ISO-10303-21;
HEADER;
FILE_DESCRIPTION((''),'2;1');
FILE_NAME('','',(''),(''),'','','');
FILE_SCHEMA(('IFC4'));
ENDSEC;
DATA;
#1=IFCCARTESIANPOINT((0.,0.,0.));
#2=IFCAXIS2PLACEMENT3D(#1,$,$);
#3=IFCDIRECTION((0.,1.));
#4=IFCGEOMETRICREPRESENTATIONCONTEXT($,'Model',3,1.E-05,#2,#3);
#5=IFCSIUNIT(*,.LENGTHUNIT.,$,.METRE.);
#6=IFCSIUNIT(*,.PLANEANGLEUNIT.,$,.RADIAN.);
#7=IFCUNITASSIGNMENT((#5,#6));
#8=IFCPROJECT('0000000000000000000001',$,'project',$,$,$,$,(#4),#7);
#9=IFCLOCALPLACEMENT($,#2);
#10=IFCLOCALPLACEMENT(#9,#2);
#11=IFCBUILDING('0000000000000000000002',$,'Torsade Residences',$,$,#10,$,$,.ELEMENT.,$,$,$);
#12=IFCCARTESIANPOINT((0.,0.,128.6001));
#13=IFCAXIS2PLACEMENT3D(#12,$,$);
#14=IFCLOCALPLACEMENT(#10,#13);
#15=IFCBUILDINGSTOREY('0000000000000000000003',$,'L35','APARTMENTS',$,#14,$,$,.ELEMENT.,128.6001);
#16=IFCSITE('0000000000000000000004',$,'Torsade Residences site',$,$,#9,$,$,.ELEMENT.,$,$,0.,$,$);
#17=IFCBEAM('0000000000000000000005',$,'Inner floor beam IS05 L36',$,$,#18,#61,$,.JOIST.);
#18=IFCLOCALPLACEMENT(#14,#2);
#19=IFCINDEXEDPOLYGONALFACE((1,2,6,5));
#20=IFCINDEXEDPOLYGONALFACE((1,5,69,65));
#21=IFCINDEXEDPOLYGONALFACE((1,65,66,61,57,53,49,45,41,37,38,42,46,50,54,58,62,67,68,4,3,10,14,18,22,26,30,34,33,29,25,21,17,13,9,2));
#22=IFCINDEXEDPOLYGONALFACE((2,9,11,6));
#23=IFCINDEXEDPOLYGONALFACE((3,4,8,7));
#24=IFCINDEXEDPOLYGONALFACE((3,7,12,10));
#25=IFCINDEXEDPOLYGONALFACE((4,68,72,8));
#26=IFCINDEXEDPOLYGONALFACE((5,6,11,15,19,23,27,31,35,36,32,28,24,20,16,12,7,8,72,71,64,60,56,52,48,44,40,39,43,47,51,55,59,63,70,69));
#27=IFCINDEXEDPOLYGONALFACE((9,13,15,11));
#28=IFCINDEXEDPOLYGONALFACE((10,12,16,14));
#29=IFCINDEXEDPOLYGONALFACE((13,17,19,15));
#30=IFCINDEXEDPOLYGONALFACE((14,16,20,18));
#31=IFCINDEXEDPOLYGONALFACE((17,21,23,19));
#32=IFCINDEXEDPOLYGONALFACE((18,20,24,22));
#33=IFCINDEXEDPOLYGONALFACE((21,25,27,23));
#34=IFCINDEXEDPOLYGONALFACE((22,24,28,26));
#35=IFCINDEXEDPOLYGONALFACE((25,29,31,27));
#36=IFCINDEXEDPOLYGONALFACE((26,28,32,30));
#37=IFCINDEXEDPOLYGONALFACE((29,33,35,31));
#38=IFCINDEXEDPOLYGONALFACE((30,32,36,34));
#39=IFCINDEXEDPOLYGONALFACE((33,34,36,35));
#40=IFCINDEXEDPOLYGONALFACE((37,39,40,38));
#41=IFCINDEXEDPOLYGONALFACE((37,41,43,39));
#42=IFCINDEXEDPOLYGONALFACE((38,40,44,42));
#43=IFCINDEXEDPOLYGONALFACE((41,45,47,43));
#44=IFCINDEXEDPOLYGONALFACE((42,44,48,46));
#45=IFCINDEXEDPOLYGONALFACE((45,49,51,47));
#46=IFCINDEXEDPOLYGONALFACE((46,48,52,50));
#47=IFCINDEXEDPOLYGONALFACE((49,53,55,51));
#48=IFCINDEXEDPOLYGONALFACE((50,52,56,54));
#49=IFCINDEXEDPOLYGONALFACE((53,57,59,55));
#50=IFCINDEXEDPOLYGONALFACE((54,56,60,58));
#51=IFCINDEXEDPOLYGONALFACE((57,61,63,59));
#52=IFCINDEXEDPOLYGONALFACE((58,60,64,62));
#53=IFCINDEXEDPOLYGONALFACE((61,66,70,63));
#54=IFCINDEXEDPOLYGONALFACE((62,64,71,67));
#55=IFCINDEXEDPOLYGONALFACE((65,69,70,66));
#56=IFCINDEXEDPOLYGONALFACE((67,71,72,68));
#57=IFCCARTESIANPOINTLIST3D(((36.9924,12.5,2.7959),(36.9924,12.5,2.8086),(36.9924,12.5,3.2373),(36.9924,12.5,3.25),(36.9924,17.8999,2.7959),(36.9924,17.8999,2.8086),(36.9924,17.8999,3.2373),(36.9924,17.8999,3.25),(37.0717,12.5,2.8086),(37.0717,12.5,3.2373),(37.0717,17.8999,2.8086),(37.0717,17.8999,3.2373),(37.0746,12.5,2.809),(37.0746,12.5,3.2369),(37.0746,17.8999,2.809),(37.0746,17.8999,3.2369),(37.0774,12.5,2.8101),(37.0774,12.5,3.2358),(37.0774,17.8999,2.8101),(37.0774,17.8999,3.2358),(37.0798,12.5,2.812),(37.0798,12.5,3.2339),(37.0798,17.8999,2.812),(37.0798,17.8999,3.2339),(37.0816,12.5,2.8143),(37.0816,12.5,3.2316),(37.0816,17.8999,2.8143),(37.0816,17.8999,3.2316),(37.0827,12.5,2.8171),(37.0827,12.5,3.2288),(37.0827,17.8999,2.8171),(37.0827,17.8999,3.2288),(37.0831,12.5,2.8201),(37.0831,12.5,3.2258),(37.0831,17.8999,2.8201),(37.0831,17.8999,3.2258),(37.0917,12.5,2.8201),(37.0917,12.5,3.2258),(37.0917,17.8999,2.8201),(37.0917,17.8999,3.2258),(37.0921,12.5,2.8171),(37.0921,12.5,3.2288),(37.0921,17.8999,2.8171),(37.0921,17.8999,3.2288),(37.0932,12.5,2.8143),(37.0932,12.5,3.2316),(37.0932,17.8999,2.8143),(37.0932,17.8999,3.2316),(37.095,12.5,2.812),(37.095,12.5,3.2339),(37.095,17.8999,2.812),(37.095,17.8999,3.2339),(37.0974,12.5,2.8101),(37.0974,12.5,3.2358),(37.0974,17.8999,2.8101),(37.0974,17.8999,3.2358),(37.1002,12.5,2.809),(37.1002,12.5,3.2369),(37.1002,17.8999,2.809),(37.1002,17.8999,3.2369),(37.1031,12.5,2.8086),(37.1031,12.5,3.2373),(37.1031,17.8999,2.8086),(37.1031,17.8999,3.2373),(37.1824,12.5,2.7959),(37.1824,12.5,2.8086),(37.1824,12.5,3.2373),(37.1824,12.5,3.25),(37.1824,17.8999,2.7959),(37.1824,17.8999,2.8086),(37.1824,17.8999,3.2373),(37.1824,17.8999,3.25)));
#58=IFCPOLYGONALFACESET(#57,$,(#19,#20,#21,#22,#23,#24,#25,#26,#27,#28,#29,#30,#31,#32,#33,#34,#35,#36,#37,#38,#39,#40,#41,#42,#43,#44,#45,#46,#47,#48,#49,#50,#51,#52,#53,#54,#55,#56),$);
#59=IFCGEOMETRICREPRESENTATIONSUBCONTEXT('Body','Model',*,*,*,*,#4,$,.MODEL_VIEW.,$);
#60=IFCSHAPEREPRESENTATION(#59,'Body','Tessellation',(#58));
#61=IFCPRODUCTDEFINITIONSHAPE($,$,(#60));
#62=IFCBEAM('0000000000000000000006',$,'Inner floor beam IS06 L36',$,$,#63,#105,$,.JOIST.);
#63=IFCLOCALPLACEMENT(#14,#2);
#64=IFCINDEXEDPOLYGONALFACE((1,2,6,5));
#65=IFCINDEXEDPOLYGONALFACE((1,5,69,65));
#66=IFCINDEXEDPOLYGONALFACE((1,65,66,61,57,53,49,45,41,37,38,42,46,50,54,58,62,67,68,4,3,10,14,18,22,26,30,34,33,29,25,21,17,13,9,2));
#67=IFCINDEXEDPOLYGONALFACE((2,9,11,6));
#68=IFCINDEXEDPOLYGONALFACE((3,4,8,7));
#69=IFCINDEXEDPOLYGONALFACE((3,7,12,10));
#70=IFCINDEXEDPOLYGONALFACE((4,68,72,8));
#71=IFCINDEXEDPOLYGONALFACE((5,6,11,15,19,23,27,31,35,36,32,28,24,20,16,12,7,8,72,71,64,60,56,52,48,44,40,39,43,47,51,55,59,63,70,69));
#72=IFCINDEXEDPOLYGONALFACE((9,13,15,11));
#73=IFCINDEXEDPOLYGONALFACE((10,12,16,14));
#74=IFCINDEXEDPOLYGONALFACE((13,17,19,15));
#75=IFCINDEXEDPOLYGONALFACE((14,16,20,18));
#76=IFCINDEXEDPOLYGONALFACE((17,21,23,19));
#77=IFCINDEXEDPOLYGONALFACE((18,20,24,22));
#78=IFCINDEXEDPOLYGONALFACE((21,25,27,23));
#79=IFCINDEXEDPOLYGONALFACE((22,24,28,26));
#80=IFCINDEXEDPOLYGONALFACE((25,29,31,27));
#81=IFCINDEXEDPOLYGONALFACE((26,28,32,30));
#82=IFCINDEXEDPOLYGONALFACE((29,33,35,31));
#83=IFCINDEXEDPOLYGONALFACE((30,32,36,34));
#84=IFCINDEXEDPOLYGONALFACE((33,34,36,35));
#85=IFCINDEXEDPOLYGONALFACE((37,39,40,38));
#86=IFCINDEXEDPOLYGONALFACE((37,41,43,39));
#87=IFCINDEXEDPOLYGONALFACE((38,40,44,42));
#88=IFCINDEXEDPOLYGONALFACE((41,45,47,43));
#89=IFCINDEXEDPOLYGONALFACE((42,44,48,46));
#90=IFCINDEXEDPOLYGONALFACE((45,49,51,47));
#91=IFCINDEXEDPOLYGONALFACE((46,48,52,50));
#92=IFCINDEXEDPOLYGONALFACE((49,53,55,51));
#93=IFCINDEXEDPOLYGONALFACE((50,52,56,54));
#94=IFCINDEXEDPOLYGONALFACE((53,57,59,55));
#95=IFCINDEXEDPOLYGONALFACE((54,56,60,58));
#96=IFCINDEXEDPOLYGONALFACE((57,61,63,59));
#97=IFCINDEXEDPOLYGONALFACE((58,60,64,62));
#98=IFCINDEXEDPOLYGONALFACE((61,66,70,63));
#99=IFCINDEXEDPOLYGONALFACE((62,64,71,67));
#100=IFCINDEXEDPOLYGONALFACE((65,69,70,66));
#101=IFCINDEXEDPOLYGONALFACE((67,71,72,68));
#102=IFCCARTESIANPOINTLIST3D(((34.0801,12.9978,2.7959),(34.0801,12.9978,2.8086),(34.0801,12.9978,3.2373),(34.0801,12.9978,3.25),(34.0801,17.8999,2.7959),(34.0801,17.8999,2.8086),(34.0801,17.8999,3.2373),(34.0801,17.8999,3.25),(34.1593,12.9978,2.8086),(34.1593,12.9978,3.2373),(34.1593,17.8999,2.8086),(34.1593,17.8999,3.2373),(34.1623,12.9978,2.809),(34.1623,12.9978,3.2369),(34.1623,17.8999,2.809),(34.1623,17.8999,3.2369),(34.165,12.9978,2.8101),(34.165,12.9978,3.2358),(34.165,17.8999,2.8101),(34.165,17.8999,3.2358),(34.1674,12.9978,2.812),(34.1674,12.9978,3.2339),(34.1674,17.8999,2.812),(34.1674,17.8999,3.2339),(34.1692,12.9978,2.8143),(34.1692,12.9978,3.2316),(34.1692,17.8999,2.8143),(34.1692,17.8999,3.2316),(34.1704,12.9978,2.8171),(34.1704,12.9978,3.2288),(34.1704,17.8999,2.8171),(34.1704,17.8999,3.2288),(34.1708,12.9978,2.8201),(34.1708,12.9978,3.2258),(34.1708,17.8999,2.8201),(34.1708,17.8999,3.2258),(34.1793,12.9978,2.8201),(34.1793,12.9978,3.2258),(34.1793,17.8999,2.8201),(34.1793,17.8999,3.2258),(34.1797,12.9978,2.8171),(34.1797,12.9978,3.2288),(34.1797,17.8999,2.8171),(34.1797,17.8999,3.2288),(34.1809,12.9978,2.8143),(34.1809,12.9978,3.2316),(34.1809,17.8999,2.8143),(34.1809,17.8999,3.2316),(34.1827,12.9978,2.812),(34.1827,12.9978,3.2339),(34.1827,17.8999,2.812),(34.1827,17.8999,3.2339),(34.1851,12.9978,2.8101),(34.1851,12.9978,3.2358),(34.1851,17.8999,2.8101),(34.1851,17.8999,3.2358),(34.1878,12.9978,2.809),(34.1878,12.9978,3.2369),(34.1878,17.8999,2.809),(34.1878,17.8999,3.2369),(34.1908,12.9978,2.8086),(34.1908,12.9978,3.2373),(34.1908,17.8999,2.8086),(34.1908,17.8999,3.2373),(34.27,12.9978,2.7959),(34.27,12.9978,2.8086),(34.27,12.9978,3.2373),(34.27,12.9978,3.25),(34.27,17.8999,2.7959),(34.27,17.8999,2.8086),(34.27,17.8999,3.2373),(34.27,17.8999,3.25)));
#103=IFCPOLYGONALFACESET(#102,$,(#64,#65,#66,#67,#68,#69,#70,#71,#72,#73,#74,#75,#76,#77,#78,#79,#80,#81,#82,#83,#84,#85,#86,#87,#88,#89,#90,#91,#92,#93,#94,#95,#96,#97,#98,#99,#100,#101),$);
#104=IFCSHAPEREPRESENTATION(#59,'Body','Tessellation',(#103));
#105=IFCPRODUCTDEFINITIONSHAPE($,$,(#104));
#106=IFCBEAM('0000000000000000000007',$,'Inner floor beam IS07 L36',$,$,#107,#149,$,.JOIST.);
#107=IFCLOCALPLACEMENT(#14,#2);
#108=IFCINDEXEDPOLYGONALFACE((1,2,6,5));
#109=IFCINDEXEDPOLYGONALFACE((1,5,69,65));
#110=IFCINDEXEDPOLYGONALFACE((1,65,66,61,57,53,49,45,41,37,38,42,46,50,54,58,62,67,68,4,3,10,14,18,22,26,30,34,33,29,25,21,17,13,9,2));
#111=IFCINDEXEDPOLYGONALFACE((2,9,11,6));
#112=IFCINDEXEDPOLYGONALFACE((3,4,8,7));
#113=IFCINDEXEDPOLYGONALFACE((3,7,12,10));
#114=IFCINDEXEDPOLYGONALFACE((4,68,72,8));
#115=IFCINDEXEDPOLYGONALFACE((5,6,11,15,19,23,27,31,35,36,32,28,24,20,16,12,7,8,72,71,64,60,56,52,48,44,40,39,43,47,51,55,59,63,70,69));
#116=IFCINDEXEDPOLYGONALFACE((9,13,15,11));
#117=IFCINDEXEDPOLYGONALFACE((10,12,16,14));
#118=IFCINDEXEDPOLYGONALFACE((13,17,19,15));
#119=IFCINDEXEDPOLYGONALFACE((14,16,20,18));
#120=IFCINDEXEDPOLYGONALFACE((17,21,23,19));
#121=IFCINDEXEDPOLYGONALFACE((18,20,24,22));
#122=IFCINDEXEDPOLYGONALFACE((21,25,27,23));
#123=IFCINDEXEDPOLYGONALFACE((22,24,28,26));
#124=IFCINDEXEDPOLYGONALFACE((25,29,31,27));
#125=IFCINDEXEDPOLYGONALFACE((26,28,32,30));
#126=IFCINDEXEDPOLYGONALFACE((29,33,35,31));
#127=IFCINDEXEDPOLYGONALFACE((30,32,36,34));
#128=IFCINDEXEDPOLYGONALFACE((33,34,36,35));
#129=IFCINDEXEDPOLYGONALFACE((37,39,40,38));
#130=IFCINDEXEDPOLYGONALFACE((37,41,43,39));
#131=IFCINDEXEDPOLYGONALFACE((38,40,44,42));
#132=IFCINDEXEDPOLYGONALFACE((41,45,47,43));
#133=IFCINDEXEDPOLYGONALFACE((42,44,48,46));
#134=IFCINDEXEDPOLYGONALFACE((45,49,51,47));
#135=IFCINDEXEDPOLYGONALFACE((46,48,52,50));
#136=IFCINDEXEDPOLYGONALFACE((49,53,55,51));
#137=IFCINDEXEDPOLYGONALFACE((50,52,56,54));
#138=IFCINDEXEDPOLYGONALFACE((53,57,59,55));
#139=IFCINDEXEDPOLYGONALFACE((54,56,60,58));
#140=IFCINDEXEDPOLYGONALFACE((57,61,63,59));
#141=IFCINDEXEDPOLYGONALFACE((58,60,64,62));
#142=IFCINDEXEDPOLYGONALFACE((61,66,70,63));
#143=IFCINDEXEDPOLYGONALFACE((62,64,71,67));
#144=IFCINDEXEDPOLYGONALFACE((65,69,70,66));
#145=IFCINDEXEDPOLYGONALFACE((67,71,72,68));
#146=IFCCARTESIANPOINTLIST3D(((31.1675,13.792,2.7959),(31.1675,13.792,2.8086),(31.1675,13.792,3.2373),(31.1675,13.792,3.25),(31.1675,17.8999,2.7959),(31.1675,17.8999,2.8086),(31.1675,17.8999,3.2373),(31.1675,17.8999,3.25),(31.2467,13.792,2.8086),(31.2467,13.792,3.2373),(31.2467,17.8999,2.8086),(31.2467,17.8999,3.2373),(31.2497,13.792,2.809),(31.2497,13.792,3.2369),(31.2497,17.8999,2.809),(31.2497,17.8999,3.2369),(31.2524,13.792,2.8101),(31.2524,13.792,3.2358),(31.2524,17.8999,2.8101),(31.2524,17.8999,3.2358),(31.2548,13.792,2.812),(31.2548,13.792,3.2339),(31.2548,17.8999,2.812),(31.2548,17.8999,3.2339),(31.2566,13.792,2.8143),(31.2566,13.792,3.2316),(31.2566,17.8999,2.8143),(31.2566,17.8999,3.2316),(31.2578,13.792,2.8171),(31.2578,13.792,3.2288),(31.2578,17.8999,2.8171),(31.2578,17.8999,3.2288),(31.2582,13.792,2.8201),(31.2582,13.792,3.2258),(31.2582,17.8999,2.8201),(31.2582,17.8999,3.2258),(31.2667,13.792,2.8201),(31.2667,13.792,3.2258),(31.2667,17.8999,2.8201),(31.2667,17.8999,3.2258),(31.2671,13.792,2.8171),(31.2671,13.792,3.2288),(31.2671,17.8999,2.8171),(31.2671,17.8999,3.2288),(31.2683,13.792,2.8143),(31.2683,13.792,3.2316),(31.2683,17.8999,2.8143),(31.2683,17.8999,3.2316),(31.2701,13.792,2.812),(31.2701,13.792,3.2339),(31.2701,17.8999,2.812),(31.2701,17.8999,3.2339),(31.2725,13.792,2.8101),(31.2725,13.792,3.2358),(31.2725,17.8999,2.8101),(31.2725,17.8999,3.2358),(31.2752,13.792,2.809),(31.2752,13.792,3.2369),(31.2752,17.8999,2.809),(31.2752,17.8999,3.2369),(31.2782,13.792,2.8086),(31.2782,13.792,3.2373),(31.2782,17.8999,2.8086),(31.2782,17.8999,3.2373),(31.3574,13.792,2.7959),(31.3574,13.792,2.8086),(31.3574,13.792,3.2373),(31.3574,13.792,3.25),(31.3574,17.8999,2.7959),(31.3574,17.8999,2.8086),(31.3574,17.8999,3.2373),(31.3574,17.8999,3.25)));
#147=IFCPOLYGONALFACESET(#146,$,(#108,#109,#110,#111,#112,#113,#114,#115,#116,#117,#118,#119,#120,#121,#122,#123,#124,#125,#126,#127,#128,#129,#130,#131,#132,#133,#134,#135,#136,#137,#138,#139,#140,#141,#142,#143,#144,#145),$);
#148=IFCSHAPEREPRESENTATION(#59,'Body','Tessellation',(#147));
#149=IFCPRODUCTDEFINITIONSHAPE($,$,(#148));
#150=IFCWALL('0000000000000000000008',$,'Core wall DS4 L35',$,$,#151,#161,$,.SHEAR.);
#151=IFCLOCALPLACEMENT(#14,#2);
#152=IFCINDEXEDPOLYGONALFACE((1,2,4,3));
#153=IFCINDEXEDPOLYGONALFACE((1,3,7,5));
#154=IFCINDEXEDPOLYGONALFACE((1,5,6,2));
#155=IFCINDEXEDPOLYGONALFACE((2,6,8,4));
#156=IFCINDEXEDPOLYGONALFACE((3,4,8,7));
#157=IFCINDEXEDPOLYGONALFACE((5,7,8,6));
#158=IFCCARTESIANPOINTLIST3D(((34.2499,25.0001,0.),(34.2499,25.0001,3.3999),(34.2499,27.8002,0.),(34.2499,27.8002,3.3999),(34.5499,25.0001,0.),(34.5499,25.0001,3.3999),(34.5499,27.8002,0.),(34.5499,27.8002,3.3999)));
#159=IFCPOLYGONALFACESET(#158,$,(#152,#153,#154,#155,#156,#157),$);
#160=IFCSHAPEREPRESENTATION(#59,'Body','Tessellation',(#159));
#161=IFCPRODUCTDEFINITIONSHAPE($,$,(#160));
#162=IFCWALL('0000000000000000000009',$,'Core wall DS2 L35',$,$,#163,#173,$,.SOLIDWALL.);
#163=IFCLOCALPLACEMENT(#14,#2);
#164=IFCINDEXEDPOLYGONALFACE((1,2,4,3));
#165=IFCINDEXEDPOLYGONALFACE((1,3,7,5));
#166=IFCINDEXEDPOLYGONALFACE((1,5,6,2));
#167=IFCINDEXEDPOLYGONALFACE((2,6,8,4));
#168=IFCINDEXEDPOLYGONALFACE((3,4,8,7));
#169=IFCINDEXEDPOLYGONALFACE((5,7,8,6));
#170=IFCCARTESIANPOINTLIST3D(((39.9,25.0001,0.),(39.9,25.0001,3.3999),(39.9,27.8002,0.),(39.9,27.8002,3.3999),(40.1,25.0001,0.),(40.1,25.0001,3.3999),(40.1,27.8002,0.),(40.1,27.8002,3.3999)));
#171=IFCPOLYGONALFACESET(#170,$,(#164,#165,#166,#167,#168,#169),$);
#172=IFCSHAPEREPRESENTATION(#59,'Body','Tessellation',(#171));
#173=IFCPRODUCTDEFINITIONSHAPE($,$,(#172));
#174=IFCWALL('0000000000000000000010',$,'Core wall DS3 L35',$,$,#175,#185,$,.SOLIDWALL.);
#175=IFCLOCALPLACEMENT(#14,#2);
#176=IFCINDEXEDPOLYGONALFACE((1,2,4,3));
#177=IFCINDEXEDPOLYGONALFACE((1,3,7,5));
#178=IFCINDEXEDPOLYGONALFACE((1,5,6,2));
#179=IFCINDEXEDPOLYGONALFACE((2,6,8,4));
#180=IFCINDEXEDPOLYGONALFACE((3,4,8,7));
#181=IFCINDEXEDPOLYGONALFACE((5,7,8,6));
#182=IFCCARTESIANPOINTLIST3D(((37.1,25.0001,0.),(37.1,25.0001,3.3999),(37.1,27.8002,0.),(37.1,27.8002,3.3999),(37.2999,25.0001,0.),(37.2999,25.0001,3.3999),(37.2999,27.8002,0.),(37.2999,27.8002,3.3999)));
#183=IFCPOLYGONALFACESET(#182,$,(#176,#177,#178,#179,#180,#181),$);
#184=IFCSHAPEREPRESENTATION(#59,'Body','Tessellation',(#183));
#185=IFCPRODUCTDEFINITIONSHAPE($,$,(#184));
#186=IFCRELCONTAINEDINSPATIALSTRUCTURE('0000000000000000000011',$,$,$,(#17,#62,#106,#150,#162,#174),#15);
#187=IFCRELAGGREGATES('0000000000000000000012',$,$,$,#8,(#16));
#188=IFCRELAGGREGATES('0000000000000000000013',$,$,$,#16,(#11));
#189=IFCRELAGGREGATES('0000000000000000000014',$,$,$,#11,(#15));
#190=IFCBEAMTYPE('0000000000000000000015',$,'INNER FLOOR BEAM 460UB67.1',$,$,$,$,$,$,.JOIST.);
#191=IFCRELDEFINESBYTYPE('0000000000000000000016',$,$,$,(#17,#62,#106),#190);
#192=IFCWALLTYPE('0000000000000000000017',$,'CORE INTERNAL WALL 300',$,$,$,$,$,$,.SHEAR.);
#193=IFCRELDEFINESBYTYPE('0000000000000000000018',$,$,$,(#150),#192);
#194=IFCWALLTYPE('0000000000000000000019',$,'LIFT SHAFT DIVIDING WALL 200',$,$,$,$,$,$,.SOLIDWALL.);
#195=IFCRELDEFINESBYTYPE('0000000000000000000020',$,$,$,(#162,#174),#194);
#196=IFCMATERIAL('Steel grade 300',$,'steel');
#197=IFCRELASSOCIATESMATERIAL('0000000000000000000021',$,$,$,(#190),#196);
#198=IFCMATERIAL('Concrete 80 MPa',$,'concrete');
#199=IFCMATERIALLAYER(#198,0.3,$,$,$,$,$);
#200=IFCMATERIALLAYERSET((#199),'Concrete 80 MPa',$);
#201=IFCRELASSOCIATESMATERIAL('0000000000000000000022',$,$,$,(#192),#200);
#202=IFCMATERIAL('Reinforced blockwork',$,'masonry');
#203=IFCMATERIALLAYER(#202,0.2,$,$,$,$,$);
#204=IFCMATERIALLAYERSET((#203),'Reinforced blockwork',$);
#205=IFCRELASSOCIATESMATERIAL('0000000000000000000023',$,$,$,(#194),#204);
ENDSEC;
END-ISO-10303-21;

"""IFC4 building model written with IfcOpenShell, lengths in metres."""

from ifc_helpers import new_model, si_unit, direction, frame, frame_2d, origin, origin_2d, place, context, subcontext, project, spatial, rectangle, i_section, extrude, material, layer, layer_set, material_profile, profile_set, type_object, element, save


model = new_model("IFC4")

# Units and contexts
model_context = context("Model", 3, precision=1e-05, world=origin(), true_north=direction((0.0, 1.0)))
body_context = subcontext(model_context, "Body", "Model", "MODEL_VIEW")
ifc_project = project(units=[si_unit("LENGTHUNIT", "METRE"), si_unit("PLANEANGLEUNIT", "RADIAN")], contexts=[model_context])

# Site, building, storey
site_placement = place(None, origin())
site = spatial("IfcSite", under=ifc_project, at=site_placement, Name="Torsade Residences site", CompositionType="ELEMENT", RefElevation=0.0)
building_placement = place(site_placement, origin())
building = spatial("IfcBuilding", under=site, at=building_placement, Name="Torsade Residences", CompositionType="ELEMENT")
storey_placement = place(building_placement, frame((0.0, 0.0, 128.6001)))
storey = spatial("IfcBuildingStorey", under=building, at=storey_placement, Name="L35", Description="APARTMENTS", CompositionType="ELEMENT", Elevation=128.6001)

# Beams
ifc_material_1 = material(Name="Steel grade 300", Category="steel")
ifc_material_profile = material_profile(ifc_material_1, i_section(OverallWidth=0.1899, OverallDepth=0.4541, WebThickness=0.0085, FlangeThickness=0.0127, FilletRadius=0.0115, at=origin_2d()), Name="460UB67.1")
ifc_profile_set = profile_set([ifc_material_profile], Name="Steel grade 300")
beam_type = type_object("IfcBeamType", Name="INNER FLOOR BEAM 460UB67.1", PredefinedType="JOIST", material=ifc_profile_set)
beam_1_placement = place(storey_placement, frame((37.0874, 17.8999, 3.0229), z_axis=(0.0, -1.0, 0.0), x_axis=(1.0, 0.0, 0.0)))
element("IfcBeam", 1, at=beam_1_placement, inside=storey, type_object=beam_type, Name="Inner floor beam IS05 L36", PredefinedType="JOIST", context=body_context, shape_type="SweptSolid", body=[
    extrude(i_section(OverallWidth=0.1899, OverallDepth=0.4541, WebThickness=0.0085, FlangeThickness=0.0127, FilletRadius=0.0115, at=origin_2d()), origin(), (0.0, 0.0, 1.0), 5.3999),
])
beam_2_placement = place(storey_placement, frame((34.175, 17.8999, 3.0229), z_axis=(0.0, -1.0, 0.0), x_axis=(1.0, 0.0, 0.0)))
element("IfcBeam", 2, at=beam_2_placement, inside=storey, type_object=beam_type, Name="Inner floor beam IS06 L36", PredefinedType="JOIST", context=body_context, shape_type="SweptSolid", body=[
    extrude(i_section(OverallWidth=0.1899, OverallDepth=0.4541, WebThickness=0.0085, FlangeThickness=0.0127, FilletRadius=0.0115, at=origin_2d()), origin(), (0.0, 0.0, 1.0), 4.9021),
])
beam_3_placement = place(storey_placement, frame((31.2625, 17.8999, 3.0229), z_axis=(0.0, -1.0, 0.0), x_axis=(1.0, 0.0, 0.0)))
element("IfcBeam", 3, at=beam_3_placement, inside=storey, type_object=beam_type, Name="Inner floor beam IS07 L36", PredefinedType="JOIST", context=body_context, shape_type="SweptSolid", body=[
    extrude(i_section(OverallWidth=0.1899, OverallDepth=0.4541, WebThickness=0.0085, FlangeThickness=0.0127, FilletRadius=0.0115, at=origin_2d()), origin(), (0.0, 0.0, 1.0), 4.1079),
])

# Walls
ifc_material_2 = material(Name="Concrete 80 MPa", Category="concrete")
ifc_layer_1 = layer(ifc_material_2, 0.3)
ifc_layer_set_1 = layer_set([ifc_layer_1], Name="Concrete 80 MPa")
wall_type_1 = type_object("IfcWallType", Name="CORE INTERNAL WALL 300", PredefinedType="SHEAR", material=ifc_layer_set_1)
wall_1_placement = place(storey_placement, frame((34.3999, 27.8, 0.0), z_axis=(0.0, 0.0, 1.0), x_axis=(0.0, -1.0, 0.0)))
element("IfcWall", 4, at=wall_1_placement, inside=storey, type_object=wall_type_1, Name="Core wall DS4 L35", PredefinedType="SHEAR", context=body_context, shape_type="SweptSolid", body=[
    extrude(rectangle(XDim=2.8, YDim=0.3, at=frame_2d((1.3999, 0.0))), origin(), (0.0, 0.0, 1.0), 3.3999),
])
ifc_material_3 = material(Name="Reinforced blockwork", Category="masonry")
ifc_layer_2 = layer(ifc_material_3, 0.2)
ifc_layer_set_2 = layer_set([ifc_layer_2], Name="Reinforced blockwork")
wall_type_2 = type_object("IfcWallType", Name="LIFT SHAFT DIVIDING WALL 200", PredefinedType="SOLIDWALL", material=ifc_layer_set_2)
for number, where, z_axis, x_axis, name in (
    (5, (40.0, 27.8, 0.0), (0.0, 0.0, 1.0), (0.0, -1.0, 0.0), "Core wall DS2 L35"),
    (6, (37.2, 27.8, 0.0), (0.0, 0.0, 1.0), (0.0, -1.0, 0.0), "Core wall DS3 L35"),
):
    element("IfcWall", number, at=place(storey_placement, frame(where, z_axis=z_axis, x_axis=x_axis)), inside=storey, type_object=wall_type_2, Name=name, PredefinedType="SOLIDWALL", context=body_context, shape_type="SweptSolid", body=[
        extrude(rectangle(XDim=2.8, YDim=0.2, at=frame_2d((1.3999, 0.0))), origin(), (0.0, 0.0, 1.0), 3.3999),
    ])

save(model, "model.ifc")
